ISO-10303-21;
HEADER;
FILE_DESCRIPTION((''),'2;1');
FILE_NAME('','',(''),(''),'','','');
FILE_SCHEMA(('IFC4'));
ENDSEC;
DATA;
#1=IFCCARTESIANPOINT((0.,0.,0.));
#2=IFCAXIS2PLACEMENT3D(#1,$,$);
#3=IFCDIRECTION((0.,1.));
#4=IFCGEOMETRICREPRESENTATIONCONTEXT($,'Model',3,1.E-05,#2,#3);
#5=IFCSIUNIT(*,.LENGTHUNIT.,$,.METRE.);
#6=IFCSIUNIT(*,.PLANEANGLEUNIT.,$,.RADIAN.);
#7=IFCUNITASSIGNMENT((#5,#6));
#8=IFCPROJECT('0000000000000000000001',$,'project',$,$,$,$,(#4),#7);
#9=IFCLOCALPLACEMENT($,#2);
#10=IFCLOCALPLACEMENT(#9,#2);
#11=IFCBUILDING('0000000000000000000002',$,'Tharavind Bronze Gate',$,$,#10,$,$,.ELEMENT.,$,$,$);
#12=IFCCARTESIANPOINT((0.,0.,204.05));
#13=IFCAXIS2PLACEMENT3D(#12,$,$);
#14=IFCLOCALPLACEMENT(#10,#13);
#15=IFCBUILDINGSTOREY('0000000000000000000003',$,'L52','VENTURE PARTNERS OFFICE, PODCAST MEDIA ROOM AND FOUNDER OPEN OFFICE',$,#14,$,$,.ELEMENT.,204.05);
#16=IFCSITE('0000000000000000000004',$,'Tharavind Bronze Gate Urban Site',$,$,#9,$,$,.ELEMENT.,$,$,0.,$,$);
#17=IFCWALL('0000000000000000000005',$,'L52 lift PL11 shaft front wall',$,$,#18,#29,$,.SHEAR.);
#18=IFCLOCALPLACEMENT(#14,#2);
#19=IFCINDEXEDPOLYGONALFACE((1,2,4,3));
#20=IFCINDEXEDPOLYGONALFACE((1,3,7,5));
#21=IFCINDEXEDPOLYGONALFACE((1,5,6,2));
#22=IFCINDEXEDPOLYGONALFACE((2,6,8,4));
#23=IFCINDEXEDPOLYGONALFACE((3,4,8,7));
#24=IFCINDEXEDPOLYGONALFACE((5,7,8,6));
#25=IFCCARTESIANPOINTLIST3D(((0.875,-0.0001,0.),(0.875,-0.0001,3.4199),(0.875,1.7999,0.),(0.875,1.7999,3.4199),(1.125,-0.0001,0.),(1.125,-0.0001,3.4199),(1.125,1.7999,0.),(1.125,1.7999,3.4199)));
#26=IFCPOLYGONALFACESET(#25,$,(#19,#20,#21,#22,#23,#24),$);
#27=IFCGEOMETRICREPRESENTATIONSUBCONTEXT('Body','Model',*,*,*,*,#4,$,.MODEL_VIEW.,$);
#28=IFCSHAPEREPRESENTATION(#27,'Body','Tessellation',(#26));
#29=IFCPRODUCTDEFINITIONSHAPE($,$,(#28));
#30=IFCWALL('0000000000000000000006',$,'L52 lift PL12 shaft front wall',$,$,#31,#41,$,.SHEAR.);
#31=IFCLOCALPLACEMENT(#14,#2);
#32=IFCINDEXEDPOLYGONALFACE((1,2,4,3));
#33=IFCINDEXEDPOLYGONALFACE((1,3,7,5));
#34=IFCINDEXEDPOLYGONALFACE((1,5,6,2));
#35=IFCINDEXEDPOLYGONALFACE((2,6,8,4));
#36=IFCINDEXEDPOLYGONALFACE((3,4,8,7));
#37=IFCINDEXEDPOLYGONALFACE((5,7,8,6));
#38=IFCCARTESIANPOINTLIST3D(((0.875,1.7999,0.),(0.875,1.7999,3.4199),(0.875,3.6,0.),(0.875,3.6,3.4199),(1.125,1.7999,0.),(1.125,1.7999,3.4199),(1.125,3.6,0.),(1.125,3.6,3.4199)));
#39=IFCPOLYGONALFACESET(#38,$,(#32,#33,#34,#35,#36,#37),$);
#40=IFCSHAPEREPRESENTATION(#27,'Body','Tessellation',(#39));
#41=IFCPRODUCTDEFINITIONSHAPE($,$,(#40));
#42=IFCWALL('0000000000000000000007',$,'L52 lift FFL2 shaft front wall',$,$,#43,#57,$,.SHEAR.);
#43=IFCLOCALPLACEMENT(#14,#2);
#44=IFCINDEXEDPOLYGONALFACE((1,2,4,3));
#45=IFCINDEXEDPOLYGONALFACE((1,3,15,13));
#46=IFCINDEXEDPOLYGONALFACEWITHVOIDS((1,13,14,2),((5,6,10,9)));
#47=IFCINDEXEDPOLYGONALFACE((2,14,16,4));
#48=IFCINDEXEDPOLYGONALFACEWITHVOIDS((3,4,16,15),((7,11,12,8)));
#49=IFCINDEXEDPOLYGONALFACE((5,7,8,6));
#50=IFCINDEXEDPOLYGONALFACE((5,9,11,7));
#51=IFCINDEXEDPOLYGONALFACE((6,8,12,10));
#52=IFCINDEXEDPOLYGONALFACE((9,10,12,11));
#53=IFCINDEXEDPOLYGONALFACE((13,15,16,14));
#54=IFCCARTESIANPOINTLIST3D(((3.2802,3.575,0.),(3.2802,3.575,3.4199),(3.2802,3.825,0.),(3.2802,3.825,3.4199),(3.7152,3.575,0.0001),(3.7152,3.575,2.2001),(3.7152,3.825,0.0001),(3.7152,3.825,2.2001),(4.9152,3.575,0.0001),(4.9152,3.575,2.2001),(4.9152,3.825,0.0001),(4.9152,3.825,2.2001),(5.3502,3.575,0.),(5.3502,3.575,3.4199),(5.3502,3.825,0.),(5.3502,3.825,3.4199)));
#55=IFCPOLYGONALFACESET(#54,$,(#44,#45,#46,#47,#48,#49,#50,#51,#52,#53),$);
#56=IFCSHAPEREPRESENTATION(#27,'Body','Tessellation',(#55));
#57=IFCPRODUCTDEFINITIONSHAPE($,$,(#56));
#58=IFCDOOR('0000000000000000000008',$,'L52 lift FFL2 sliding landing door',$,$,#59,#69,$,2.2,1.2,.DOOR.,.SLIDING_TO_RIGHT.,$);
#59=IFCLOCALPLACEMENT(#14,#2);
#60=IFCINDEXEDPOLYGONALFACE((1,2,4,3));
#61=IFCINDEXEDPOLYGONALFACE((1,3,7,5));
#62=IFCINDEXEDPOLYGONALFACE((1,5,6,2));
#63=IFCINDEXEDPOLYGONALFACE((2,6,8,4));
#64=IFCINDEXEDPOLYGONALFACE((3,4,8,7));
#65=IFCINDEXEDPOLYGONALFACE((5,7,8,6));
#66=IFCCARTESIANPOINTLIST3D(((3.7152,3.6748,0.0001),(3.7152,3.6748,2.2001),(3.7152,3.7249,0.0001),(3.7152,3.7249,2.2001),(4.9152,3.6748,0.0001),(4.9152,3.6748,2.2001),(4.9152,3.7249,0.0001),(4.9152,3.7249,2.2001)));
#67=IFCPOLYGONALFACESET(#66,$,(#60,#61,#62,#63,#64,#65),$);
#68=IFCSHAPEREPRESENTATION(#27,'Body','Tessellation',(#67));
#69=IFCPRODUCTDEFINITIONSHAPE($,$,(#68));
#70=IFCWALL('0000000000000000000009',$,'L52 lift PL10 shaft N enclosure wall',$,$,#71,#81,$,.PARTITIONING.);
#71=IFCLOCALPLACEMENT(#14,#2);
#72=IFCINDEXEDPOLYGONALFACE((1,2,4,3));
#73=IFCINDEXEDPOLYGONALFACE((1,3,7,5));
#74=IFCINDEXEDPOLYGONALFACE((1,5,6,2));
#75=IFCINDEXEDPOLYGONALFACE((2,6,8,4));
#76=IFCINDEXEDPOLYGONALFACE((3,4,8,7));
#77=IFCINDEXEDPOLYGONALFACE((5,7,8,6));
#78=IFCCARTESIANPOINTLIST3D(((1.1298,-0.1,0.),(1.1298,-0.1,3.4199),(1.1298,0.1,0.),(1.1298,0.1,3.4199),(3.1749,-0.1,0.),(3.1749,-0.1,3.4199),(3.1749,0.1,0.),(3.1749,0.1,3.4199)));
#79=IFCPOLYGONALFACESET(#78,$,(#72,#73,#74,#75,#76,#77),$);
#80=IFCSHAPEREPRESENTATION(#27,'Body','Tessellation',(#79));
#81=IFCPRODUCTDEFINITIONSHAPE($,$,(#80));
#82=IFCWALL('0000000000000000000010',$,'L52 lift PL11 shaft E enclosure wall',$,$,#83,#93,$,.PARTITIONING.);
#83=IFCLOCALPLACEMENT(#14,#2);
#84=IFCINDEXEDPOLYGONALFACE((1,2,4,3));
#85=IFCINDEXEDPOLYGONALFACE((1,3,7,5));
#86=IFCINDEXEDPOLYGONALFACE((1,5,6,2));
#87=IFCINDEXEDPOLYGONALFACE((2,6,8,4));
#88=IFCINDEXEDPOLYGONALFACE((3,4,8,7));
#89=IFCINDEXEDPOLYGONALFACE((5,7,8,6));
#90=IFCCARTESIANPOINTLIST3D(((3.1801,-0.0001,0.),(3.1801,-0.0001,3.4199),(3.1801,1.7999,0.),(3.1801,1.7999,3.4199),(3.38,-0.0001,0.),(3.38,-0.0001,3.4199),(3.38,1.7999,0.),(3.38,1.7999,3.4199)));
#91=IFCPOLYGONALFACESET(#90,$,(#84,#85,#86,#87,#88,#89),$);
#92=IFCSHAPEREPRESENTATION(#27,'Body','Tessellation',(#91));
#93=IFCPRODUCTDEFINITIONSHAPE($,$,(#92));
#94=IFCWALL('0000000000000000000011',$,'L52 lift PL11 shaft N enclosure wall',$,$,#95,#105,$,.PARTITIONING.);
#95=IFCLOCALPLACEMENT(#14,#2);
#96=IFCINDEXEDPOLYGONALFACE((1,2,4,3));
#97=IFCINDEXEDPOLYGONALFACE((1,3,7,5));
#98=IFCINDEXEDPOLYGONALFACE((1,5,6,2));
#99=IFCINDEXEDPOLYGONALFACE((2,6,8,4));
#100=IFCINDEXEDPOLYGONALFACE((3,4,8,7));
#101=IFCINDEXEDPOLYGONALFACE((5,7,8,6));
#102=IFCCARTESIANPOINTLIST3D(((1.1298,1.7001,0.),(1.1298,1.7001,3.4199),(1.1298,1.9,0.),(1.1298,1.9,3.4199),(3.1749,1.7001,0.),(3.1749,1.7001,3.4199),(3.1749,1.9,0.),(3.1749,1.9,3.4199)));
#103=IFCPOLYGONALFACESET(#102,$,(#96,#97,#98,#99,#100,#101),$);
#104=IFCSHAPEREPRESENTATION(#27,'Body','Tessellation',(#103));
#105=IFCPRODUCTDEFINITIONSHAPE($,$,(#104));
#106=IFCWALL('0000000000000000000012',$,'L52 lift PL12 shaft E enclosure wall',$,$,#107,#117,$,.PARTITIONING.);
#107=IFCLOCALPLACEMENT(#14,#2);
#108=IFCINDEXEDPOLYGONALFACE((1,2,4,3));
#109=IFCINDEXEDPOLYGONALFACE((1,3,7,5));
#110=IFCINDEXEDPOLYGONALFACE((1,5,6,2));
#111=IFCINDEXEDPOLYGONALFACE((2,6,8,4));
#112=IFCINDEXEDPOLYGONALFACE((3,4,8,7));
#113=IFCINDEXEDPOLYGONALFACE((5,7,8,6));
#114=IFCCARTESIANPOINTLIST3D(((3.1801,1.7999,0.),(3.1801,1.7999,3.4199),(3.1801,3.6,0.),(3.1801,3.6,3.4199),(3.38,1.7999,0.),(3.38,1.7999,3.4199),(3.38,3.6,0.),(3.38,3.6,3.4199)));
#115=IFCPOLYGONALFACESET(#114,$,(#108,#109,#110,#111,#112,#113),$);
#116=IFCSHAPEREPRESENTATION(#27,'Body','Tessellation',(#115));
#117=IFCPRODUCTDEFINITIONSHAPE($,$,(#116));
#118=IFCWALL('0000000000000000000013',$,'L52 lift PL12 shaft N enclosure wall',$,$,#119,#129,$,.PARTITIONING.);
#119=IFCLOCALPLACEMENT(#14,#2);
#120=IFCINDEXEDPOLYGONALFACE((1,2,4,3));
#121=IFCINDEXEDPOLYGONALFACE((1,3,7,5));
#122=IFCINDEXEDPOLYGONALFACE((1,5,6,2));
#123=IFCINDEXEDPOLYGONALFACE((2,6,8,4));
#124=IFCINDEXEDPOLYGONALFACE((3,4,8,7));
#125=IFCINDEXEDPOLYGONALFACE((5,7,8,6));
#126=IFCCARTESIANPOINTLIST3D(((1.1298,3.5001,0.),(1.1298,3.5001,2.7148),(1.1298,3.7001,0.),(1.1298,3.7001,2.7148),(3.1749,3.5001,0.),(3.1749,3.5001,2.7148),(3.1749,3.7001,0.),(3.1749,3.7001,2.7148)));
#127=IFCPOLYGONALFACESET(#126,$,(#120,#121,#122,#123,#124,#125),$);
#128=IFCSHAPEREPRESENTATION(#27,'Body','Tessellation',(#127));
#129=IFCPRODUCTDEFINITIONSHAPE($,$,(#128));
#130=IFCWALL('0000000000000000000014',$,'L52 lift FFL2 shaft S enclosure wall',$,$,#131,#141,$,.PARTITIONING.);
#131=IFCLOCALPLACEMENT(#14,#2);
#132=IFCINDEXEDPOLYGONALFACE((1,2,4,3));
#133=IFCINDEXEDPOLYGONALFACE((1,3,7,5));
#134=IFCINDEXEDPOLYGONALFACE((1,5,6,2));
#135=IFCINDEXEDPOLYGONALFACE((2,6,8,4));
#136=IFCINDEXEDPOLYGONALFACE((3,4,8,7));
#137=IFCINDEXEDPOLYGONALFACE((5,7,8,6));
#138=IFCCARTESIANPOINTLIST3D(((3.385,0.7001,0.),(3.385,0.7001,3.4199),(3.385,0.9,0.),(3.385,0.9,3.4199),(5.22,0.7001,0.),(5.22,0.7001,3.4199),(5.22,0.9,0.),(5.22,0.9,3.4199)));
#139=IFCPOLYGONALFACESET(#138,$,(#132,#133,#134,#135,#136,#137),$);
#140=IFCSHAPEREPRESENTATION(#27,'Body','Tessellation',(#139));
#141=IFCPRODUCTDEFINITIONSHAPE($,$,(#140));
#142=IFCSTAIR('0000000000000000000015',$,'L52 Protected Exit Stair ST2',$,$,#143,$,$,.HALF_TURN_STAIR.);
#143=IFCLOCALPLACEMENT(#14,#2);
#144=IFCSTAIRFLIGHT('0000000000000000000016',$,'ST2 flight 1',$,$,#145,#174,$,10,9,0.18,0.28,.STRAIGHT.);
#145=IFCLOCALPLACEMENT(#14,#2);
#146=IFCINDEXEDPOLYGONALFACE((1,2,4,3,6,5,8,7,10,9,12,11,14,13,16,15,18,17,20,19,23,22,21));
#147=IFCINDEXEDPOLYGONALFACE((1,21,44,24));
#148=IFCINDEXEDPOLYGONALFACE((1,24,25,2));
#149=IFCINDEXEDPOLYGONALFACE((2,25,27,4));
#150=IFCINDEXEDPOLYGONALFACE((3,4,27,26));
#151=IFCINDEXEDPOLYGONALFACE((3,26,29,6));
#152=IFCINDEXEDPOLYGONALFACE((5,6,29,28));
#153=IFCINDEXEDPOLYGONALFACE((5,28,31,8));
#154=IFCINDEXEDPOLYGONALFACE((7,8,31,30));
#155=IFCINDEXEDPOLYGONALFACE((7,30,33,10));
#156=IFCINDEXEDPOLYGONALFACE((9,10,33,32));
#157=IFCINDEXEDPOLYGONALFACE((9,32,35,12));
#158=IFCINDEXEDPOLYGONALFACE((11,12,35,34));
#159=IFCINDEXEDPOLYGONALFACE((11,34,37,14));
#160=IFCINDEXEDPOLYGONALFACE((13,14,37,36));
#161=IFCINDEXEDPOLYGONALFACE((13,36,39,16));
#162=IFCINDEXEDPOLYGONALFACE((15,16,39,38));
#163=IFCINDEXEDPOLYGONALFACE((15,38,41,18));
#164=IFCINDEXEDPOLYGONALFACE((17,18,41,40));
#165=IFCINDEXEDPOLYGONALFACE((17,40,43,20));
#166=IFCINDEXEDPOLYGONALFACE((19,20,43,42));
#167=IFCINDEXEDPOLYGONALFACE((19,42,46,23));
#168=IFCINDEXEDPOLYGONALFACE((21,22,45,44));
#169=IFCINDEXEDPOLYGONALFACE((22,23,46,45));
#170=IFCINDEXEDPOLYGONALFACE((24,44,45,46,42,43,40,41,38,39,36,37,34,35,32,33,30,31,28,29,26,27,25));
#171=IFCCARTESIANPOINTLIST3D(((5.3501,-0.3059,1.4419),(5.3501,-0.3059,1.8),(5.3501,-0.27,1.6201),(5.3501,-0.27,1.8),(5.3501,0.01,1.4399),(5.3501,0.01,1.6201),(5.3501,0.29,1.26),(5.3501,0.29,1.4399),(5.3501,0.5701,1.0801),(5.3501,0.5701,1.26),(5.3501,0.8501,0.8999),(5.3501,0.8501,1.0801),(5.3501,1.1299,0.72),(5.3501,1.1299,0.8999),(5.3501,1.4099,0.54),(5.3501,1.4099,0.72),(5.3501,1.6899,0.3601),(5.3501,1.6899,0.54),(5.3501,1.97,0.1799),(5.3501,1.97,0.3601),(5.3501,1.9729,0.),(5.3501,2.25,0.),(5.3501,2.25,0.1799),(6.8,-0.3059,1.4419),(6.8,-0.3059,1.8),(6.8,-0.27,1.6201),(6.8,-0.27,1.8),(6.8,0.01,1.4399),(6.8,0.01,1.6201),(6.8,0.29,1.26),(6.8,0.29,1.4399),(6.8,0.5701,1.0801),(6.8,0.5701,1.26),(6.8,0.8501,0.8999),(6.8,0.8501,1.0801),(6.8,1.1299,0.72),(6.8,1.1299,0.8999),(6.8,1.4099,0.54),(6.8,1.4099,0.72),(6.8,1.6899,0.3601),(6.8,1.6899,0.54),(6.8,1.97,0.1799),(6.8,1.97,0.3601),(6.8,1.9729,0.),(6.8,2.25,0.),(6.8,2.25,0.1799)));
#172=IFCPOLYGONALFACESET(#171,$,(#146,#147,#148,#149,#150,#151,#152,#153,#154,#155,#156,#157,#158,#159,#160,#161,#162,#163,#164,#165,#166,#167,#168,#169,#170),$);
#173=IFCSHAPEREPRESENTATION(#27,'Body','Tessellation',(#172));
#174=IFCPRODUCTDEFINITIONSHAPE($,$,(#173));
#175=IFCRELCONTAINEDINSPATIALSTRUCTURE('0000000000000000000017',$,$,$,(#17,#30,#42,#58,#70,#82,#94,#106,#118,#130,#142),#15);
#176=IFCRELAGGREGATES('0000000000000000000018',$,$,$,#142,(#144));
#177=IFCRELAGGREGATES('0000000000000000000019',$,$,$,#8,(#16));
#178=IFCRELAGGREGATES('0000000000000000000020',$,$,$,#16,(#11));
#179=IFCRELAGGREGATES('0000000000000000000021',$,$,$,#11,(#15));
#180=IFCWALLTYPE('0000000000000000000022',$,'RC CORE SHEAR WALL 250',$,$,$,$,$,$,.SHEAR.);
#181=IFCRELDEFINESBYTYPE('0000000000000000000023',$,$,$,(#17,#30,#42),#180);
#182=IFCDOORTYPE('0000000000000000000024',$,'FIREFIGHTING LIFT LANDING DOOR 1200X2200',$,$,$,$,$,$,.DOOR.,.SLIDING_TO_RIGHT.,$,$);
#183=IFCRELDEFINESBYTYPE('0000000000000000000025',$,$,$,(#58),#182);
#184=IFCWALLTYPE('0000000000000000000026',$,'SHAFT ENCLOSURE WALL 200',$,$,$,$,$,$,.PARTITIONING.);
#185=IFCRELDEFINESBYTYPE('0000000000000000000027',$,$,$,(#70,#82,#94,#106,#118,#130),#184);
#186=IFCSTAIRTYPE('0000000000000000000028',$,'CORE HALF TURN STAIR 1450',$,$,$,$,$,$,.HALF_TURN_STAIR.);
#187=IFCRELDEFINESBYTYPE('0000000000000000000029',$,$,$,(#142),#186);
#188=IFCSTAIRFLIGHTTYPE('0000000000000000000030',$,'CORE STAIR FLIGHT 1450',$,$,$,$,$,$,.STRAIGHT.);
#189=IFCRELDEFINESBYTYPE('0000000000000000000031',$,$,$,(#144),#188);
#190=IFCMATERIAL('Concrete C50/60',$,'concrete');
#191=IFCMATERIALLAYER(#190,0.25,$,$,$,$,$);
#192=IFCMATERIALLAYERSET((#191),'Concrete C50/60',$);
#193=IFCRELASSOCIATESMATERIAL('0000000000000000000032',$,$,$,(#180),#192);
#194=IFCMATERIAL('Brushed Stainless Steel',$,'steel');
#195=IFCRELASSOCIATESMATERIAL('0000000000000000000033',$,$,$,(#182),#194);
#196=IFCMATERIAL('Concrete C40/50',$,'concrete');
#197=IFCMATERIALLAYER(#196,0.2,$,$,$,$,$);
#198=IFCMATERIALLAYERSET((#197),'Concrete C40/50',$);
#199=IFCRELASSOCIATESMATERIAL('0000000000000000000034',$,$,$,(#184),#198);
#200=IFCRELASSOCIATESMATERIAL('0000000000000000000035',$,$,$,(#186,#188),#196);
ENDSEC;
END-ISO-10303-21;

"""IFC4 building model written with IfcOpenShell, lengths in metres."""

from ifc_helpers import new_model, si_unit, direction, frame, frame_2d, origin, place, context, subcontext, project, spatial, polyline, rectangle, outline, extrude, material, layer, layer_set, type_object, element, fill, aggregate, save


model = new_model("IFC4")

# Units and contexts
model_context = context("Model", 3, precision=1e-05, world=origin(), true_north=direction((0.0, 1.0)))
body_context = subcontext(model_context, "Body", "Model", "MODEL_VIEW")
ifc_project = project(units=[si_unit("LENGTHUNIT", "METRE"), si_unit("PLANEANGLEUNIT", "RADIAN")], contexts=[model_context])

# Site, building, storey
site_placement = place(None, origin())
site = spatial("IfcSite", under=ifc_project, at=site_placement, Name="Tharavind Bronze Gate Urban Site", CompositionType="ELEMENT", RefElevation=0.0)
building_placement = place(site_placement, origin())
building = spatial("IfcBuilding", under=site, at=building_placement, Name="Tharavind Bronze Gate", CompositionType="ELEMENT")
storey_placement = place(building_placement, frame((0.0, 0.0, 204.05)))
storey = spatial("IfcBuildingStorey", under=building, at=storey_placement, Name="L52", Description="VENTURE PARTNERS OFFICE, PODCAST MEDIA ROOM AND FOUNDER OPEN OFFICE", CompositionType="ELEMENT", Elevation=204.05)

# Walls
ifc_material_1 = material(Name="Concrete C50/60", Category="concrete")
ifc_layer_1 = layer(ifc_material_1, 0.25)
ifc_layer_set_1 = layer_set([ifc_layer_1], Name="Concrete C50/60")
wall_type_1 = type_object("IfcWallType", Name="RC CORE SHEAR WALL 250", PredefinedType="SHEAR", material=ifc_layer_set_1)
for number, where, z_axis, x_axis, name in (
    (1, (1.0, 0.0, 0.0), (0.0, 0.0, 1.0), (0.0, 1.0, 0.0), "L52 lift PL11 shaft front wall"),
    (2, (1.0, 1.8, 0.0), (0.0, 0.0, 1.0), (0.0, 1.0, 0.0), "L52 lift PL12 shaft front wall"),
):
    element("IfcWall", number, at=place(storey_placement, frame(where, z_axis=z_axis, x_axis=x_axis)), inside=storey, type_object=wall_type_1, Name=name, PredefinedType="SHEAR", context=body_context, shape_type="SweptSolid", body=[
        extrude(rectangle(XDim=1.8, YDim=0.25, at=frame_2d((0.8999, 0.0))), origin(), (0.0, 0.0, 1.0), 3.4199),
    ])

# Wall, opening, door
wall_1_placement = place(storey_placement, frame((3.28, 3.7, 0.0), z_axis=(0.0, 0.0, 1.0), x_axis=(1.0, 0.0, 0.0)))
wall_1 = element("IfcWall", 3, at=wall_1_placement, inside=storey, type_object=wall_type_1, Name="L52 lift FFL2 shaft front wall", PredefinedType="SHEAR", context=body_context, shape_type="SweptSolid", body=[
    extrude(rectangle(XDim=2.0701, YDim=0.25, at=frame_2d((1.0352, 0.0))), origin(), (0.0, 0.0, 1.0), 3.4199),
])
opening_placement = place(wall_1_placement, frame((0.4351, 0.0, 0.0)))
opening = element("IfcOpeningElement", 4, at=opening_placement, cuts=wall_1, PredefinedType="OPENING", context=body_context, shape_type="SweptSolid", body=[
    extrude(rectangle(XDim=1.2, YDim=2.2, at=frame_2d((0.6001, 1.1001))), frame((0.0, 0.135, 0.0), z_axis=(0.0, -1.0, 0.0), x_axis=(1.0, 0.0, 0.0)), (0.0, 0.0, 1.0), 0.27),
])
ifc_material_2 = material(Name="Brushed Stainless Steel", Category="steel")
door_type = type_object("IfcDoorType", Name="FIREFIGHTING LIFT LANDING DOOR 1200X2200", OperationType="SLIDING_TO_RIGHT", PredefinedType="DOOR", material=ifc_material_2)
door_placement = place(opening_placement, origin())
door = element("IfcDoor", 5, at=door_placement, inside=storey, type_object=door_type, Name="L52 lift FFL2 sliding landing door", OperationType="SLIDING_TO_RIGHT", OverallHeight=2.2, OverallWidth=1.2, PredefinedType="DOOR", context=body_context, shape_type="SweptSolid", body=[
    extrude(rectangle(XDim=1.2, YDim=2.2, at=frame_2d((0.6001, 1.1001))), frame((0.0, 0.0249, 0.0), z_axis=(0.0, -1.0, 0.0), x_axis=(1.0, 0.0, 0.0)), (0.0, 0.0, 1.0), 0.05),
])
fill(opening, door)

# Walls
ifc_material_3 = material(Name="Concrete C40/50", Category="concrete")
ifc_layer_2 = layer(ifc_material_3, 0.2)
ifc_layer_set_2 = layer_set([ifc_layer_2], Name="Concrete C40/50")
wall_type_2 = type_object("IfcWallType", Name="SHAFT ENCLOSURE WALL 200", PredefinedType="PARTITIONING", material=ifc_layer_set_2)
wall_2_placement = place(storey_placement, frame((1.1299, 0.0, 0.0), z_axis=(0.0, 0.0, 1.0), x_axis=(1.0, 0.0, 0.0)))
element("IfcWall", 6, at=wall_2_placement, inside=storey, type_object=wall_type_2, Name="L52 lift PL10 shaft N enclosure wall", PredefinedType="PARTITIONING", context=body_context, shape_type="SweptSolid", body=[
    extrude(rectangle(XDim=2.0452, YDim=0.2, at=frame_2d((1.0225, 0.0))), origin(), (0.0, 0.0, 1.0), 3.4199),
])
wall_3_placement = place(storey_placement, frame((3.28, 0.0, 0.0), z_axis=(0.0, 0.0, 1.0), x_axis=(0.0, 1.0, 0.0)))
element("IfcWall", 7, at=wall_3_placement, inside=storey, type_object=wall_type_2, Name="L52 lift PL11 shaft E enclosure wall", PredefinedType="PARTITIONING", context=body_context, shape_type="SweptSolid", body=[
    extrude(rectangle(XDim=1.8, YDim=0.2, at=frame_2d((0.8999, 0.0))), origin(), (0.0, 0.0, 1.0), 3.4199),
])
wall_4_placement = place(storey_placement, frame((1.1299, 1.8, 0.0), z_axis=(0.0, 0.0, 1.0), x_axis=(1.0, 0.0, 0.0)))
element("IfcWall", 8, at=wall_4_placement, inside=storey, type_object=wall_type_2, Name="L52 lift PL11 shaft N enclosure wall", PredefinedType="PARTITIONING", context=body_context, shape_type="SweptSolid", body=[
    extrude(rectangle(XDim=2.0452, YDim=0.2, at=frame_2d((1.0225, 0.0))), origin(), (0.0, 0.0, 1.0), 3.4199),
])
wall_5_placement = place(storey_placement, frame((3.28, 1.8, 0.0), z_axis=(0.0, 0.0, 1.0), x_axis=(0.0, 1.0, 0.0)))
element("IfcWall", 9, at=wall_5_placement, inside=storey, type_object=wall_type_2, Name="L52 lift PL12 shaft E enclosure wall", PredefinedType="PARTITIONING", context=body_context, shape_type="SweptSolid", body=[
    extrude(rectangle(XDim=1.8, YDim=0.2, at=frame_2d((0.8999, 0.0))), origin(), (0.0, 0.0, 1.0), 3.4199),
])
wall_6_placement = place(storey_placement, frame((1.1299, 3.6001, 0.0), z_axis=(0.0, 0.0, 1.0), x_axis=(1.0, 0.0, 0.0)))
element("IfcWall", 10, at=wall_6_placement, inside=storey, type_object=wall_type_2, Name="L52 lift PL12 shaft N enclosure wall", PredefinedType="PARTITIONING", context=body_context, shape_type="SweptSolid", body=[
    extrude(rectangle(XDim=2.0452, YDim=0.2, at=frame_2d((1.0225, 0.0))), origin(), (0.0, 0.0, 1.0), 2.7148),
])
wall_7_placement = place(storey_placement, frame((3.385, 0.8, 0.0), z_axis=(0.0, 0.0, 1.0), x_axis=(1.0, 0.0, 0.0)))
element("IfcWall", 11, at=wall_7_placement, inside=storey, type_object=wall_type_2, Name="L52 lift FFL2 shaft S enclosure wall", PredefinedType="PARTITIONING", context=body_context, shape_type="SweptSolid", body=[
    extrude(rectangle(XDim=1.835, YDim=0.2, at=frame_2d((0.9175, 0.0))), origin(), (0.0, 0.0, 1.0), 3.4199),
])

# Stair, stair flight
stair_type = type_object("IfcStairType", Name="CORE HALF TURN STAIR 1450", PredefinedType="HALF_TURN_STAIR", material=ifc_material_3)
stair_placement = place(storey_placement, origin())
stair = element("IfcStair", 12, at=stair_placement, inside=storey, type_object=stair_type, Name="L52 Protected Exit Stair ST2", PredefinedType="HALF_TURN_STAIR")
stair_flight_type = type_object("IfcStairFlightType", Name="CORE STAIR FLIGHT 1450", PredefinedType="STRAIGHT", material=ifc_material_3)
stair_flight_placement = place(storey_placement, frame((6.075, 2.25, 0.0), z_axis=(0.0, 0.0, 1.0), x_axis=(0.0, -1.0, 0.0)))
stair_flight = element("IfcStairFlight", 13, at=stair_flight_placement, type_object=stair_flight_type, Name="ST2 flight 1", NumberOfRisers=10, NumberOfTreads=9, PredefinedType="STRAIGHT", RiserHeight=0.18, TreadLength=0.28, context=body_context, shape_type="SweptSolid", body=[
    extrude(outline(polyline([(0.0, 0.0), (0.0, 0.1799), (0.28, 0.1799), (0.28, 0.3601), (0.5601, 0.3601), (0.5601, 0.54), (0.8401, 0.54), (0.8401, 0.72), (1.1201, 0.72), (1.1201, 0.8999), (1.3999, 0.8999), (1.3999, 1.0801), (1.6799, 1.0801), (1.6799, 1.26), (1.96, 1.26), (1.96, 1.4399), (2.24, 1.4399), (2.24, 1.6201), (2.52, 1.6201), (2.52, 1.8), (2.5559, 1.8), (2.5559, 1.4419), (0.2771, 0.0), (0.0, 0.0)])), frame((0.0, 0.7251, 0.0), z_axis=(0.0, -1.0, 0.0), x_axis=(1.0, 0.0, 0.0)), (0.0, 0.0, 1.0), 1.45),
])
aggregate(stair, [stair_flight])

save(model, "model.ifc")
